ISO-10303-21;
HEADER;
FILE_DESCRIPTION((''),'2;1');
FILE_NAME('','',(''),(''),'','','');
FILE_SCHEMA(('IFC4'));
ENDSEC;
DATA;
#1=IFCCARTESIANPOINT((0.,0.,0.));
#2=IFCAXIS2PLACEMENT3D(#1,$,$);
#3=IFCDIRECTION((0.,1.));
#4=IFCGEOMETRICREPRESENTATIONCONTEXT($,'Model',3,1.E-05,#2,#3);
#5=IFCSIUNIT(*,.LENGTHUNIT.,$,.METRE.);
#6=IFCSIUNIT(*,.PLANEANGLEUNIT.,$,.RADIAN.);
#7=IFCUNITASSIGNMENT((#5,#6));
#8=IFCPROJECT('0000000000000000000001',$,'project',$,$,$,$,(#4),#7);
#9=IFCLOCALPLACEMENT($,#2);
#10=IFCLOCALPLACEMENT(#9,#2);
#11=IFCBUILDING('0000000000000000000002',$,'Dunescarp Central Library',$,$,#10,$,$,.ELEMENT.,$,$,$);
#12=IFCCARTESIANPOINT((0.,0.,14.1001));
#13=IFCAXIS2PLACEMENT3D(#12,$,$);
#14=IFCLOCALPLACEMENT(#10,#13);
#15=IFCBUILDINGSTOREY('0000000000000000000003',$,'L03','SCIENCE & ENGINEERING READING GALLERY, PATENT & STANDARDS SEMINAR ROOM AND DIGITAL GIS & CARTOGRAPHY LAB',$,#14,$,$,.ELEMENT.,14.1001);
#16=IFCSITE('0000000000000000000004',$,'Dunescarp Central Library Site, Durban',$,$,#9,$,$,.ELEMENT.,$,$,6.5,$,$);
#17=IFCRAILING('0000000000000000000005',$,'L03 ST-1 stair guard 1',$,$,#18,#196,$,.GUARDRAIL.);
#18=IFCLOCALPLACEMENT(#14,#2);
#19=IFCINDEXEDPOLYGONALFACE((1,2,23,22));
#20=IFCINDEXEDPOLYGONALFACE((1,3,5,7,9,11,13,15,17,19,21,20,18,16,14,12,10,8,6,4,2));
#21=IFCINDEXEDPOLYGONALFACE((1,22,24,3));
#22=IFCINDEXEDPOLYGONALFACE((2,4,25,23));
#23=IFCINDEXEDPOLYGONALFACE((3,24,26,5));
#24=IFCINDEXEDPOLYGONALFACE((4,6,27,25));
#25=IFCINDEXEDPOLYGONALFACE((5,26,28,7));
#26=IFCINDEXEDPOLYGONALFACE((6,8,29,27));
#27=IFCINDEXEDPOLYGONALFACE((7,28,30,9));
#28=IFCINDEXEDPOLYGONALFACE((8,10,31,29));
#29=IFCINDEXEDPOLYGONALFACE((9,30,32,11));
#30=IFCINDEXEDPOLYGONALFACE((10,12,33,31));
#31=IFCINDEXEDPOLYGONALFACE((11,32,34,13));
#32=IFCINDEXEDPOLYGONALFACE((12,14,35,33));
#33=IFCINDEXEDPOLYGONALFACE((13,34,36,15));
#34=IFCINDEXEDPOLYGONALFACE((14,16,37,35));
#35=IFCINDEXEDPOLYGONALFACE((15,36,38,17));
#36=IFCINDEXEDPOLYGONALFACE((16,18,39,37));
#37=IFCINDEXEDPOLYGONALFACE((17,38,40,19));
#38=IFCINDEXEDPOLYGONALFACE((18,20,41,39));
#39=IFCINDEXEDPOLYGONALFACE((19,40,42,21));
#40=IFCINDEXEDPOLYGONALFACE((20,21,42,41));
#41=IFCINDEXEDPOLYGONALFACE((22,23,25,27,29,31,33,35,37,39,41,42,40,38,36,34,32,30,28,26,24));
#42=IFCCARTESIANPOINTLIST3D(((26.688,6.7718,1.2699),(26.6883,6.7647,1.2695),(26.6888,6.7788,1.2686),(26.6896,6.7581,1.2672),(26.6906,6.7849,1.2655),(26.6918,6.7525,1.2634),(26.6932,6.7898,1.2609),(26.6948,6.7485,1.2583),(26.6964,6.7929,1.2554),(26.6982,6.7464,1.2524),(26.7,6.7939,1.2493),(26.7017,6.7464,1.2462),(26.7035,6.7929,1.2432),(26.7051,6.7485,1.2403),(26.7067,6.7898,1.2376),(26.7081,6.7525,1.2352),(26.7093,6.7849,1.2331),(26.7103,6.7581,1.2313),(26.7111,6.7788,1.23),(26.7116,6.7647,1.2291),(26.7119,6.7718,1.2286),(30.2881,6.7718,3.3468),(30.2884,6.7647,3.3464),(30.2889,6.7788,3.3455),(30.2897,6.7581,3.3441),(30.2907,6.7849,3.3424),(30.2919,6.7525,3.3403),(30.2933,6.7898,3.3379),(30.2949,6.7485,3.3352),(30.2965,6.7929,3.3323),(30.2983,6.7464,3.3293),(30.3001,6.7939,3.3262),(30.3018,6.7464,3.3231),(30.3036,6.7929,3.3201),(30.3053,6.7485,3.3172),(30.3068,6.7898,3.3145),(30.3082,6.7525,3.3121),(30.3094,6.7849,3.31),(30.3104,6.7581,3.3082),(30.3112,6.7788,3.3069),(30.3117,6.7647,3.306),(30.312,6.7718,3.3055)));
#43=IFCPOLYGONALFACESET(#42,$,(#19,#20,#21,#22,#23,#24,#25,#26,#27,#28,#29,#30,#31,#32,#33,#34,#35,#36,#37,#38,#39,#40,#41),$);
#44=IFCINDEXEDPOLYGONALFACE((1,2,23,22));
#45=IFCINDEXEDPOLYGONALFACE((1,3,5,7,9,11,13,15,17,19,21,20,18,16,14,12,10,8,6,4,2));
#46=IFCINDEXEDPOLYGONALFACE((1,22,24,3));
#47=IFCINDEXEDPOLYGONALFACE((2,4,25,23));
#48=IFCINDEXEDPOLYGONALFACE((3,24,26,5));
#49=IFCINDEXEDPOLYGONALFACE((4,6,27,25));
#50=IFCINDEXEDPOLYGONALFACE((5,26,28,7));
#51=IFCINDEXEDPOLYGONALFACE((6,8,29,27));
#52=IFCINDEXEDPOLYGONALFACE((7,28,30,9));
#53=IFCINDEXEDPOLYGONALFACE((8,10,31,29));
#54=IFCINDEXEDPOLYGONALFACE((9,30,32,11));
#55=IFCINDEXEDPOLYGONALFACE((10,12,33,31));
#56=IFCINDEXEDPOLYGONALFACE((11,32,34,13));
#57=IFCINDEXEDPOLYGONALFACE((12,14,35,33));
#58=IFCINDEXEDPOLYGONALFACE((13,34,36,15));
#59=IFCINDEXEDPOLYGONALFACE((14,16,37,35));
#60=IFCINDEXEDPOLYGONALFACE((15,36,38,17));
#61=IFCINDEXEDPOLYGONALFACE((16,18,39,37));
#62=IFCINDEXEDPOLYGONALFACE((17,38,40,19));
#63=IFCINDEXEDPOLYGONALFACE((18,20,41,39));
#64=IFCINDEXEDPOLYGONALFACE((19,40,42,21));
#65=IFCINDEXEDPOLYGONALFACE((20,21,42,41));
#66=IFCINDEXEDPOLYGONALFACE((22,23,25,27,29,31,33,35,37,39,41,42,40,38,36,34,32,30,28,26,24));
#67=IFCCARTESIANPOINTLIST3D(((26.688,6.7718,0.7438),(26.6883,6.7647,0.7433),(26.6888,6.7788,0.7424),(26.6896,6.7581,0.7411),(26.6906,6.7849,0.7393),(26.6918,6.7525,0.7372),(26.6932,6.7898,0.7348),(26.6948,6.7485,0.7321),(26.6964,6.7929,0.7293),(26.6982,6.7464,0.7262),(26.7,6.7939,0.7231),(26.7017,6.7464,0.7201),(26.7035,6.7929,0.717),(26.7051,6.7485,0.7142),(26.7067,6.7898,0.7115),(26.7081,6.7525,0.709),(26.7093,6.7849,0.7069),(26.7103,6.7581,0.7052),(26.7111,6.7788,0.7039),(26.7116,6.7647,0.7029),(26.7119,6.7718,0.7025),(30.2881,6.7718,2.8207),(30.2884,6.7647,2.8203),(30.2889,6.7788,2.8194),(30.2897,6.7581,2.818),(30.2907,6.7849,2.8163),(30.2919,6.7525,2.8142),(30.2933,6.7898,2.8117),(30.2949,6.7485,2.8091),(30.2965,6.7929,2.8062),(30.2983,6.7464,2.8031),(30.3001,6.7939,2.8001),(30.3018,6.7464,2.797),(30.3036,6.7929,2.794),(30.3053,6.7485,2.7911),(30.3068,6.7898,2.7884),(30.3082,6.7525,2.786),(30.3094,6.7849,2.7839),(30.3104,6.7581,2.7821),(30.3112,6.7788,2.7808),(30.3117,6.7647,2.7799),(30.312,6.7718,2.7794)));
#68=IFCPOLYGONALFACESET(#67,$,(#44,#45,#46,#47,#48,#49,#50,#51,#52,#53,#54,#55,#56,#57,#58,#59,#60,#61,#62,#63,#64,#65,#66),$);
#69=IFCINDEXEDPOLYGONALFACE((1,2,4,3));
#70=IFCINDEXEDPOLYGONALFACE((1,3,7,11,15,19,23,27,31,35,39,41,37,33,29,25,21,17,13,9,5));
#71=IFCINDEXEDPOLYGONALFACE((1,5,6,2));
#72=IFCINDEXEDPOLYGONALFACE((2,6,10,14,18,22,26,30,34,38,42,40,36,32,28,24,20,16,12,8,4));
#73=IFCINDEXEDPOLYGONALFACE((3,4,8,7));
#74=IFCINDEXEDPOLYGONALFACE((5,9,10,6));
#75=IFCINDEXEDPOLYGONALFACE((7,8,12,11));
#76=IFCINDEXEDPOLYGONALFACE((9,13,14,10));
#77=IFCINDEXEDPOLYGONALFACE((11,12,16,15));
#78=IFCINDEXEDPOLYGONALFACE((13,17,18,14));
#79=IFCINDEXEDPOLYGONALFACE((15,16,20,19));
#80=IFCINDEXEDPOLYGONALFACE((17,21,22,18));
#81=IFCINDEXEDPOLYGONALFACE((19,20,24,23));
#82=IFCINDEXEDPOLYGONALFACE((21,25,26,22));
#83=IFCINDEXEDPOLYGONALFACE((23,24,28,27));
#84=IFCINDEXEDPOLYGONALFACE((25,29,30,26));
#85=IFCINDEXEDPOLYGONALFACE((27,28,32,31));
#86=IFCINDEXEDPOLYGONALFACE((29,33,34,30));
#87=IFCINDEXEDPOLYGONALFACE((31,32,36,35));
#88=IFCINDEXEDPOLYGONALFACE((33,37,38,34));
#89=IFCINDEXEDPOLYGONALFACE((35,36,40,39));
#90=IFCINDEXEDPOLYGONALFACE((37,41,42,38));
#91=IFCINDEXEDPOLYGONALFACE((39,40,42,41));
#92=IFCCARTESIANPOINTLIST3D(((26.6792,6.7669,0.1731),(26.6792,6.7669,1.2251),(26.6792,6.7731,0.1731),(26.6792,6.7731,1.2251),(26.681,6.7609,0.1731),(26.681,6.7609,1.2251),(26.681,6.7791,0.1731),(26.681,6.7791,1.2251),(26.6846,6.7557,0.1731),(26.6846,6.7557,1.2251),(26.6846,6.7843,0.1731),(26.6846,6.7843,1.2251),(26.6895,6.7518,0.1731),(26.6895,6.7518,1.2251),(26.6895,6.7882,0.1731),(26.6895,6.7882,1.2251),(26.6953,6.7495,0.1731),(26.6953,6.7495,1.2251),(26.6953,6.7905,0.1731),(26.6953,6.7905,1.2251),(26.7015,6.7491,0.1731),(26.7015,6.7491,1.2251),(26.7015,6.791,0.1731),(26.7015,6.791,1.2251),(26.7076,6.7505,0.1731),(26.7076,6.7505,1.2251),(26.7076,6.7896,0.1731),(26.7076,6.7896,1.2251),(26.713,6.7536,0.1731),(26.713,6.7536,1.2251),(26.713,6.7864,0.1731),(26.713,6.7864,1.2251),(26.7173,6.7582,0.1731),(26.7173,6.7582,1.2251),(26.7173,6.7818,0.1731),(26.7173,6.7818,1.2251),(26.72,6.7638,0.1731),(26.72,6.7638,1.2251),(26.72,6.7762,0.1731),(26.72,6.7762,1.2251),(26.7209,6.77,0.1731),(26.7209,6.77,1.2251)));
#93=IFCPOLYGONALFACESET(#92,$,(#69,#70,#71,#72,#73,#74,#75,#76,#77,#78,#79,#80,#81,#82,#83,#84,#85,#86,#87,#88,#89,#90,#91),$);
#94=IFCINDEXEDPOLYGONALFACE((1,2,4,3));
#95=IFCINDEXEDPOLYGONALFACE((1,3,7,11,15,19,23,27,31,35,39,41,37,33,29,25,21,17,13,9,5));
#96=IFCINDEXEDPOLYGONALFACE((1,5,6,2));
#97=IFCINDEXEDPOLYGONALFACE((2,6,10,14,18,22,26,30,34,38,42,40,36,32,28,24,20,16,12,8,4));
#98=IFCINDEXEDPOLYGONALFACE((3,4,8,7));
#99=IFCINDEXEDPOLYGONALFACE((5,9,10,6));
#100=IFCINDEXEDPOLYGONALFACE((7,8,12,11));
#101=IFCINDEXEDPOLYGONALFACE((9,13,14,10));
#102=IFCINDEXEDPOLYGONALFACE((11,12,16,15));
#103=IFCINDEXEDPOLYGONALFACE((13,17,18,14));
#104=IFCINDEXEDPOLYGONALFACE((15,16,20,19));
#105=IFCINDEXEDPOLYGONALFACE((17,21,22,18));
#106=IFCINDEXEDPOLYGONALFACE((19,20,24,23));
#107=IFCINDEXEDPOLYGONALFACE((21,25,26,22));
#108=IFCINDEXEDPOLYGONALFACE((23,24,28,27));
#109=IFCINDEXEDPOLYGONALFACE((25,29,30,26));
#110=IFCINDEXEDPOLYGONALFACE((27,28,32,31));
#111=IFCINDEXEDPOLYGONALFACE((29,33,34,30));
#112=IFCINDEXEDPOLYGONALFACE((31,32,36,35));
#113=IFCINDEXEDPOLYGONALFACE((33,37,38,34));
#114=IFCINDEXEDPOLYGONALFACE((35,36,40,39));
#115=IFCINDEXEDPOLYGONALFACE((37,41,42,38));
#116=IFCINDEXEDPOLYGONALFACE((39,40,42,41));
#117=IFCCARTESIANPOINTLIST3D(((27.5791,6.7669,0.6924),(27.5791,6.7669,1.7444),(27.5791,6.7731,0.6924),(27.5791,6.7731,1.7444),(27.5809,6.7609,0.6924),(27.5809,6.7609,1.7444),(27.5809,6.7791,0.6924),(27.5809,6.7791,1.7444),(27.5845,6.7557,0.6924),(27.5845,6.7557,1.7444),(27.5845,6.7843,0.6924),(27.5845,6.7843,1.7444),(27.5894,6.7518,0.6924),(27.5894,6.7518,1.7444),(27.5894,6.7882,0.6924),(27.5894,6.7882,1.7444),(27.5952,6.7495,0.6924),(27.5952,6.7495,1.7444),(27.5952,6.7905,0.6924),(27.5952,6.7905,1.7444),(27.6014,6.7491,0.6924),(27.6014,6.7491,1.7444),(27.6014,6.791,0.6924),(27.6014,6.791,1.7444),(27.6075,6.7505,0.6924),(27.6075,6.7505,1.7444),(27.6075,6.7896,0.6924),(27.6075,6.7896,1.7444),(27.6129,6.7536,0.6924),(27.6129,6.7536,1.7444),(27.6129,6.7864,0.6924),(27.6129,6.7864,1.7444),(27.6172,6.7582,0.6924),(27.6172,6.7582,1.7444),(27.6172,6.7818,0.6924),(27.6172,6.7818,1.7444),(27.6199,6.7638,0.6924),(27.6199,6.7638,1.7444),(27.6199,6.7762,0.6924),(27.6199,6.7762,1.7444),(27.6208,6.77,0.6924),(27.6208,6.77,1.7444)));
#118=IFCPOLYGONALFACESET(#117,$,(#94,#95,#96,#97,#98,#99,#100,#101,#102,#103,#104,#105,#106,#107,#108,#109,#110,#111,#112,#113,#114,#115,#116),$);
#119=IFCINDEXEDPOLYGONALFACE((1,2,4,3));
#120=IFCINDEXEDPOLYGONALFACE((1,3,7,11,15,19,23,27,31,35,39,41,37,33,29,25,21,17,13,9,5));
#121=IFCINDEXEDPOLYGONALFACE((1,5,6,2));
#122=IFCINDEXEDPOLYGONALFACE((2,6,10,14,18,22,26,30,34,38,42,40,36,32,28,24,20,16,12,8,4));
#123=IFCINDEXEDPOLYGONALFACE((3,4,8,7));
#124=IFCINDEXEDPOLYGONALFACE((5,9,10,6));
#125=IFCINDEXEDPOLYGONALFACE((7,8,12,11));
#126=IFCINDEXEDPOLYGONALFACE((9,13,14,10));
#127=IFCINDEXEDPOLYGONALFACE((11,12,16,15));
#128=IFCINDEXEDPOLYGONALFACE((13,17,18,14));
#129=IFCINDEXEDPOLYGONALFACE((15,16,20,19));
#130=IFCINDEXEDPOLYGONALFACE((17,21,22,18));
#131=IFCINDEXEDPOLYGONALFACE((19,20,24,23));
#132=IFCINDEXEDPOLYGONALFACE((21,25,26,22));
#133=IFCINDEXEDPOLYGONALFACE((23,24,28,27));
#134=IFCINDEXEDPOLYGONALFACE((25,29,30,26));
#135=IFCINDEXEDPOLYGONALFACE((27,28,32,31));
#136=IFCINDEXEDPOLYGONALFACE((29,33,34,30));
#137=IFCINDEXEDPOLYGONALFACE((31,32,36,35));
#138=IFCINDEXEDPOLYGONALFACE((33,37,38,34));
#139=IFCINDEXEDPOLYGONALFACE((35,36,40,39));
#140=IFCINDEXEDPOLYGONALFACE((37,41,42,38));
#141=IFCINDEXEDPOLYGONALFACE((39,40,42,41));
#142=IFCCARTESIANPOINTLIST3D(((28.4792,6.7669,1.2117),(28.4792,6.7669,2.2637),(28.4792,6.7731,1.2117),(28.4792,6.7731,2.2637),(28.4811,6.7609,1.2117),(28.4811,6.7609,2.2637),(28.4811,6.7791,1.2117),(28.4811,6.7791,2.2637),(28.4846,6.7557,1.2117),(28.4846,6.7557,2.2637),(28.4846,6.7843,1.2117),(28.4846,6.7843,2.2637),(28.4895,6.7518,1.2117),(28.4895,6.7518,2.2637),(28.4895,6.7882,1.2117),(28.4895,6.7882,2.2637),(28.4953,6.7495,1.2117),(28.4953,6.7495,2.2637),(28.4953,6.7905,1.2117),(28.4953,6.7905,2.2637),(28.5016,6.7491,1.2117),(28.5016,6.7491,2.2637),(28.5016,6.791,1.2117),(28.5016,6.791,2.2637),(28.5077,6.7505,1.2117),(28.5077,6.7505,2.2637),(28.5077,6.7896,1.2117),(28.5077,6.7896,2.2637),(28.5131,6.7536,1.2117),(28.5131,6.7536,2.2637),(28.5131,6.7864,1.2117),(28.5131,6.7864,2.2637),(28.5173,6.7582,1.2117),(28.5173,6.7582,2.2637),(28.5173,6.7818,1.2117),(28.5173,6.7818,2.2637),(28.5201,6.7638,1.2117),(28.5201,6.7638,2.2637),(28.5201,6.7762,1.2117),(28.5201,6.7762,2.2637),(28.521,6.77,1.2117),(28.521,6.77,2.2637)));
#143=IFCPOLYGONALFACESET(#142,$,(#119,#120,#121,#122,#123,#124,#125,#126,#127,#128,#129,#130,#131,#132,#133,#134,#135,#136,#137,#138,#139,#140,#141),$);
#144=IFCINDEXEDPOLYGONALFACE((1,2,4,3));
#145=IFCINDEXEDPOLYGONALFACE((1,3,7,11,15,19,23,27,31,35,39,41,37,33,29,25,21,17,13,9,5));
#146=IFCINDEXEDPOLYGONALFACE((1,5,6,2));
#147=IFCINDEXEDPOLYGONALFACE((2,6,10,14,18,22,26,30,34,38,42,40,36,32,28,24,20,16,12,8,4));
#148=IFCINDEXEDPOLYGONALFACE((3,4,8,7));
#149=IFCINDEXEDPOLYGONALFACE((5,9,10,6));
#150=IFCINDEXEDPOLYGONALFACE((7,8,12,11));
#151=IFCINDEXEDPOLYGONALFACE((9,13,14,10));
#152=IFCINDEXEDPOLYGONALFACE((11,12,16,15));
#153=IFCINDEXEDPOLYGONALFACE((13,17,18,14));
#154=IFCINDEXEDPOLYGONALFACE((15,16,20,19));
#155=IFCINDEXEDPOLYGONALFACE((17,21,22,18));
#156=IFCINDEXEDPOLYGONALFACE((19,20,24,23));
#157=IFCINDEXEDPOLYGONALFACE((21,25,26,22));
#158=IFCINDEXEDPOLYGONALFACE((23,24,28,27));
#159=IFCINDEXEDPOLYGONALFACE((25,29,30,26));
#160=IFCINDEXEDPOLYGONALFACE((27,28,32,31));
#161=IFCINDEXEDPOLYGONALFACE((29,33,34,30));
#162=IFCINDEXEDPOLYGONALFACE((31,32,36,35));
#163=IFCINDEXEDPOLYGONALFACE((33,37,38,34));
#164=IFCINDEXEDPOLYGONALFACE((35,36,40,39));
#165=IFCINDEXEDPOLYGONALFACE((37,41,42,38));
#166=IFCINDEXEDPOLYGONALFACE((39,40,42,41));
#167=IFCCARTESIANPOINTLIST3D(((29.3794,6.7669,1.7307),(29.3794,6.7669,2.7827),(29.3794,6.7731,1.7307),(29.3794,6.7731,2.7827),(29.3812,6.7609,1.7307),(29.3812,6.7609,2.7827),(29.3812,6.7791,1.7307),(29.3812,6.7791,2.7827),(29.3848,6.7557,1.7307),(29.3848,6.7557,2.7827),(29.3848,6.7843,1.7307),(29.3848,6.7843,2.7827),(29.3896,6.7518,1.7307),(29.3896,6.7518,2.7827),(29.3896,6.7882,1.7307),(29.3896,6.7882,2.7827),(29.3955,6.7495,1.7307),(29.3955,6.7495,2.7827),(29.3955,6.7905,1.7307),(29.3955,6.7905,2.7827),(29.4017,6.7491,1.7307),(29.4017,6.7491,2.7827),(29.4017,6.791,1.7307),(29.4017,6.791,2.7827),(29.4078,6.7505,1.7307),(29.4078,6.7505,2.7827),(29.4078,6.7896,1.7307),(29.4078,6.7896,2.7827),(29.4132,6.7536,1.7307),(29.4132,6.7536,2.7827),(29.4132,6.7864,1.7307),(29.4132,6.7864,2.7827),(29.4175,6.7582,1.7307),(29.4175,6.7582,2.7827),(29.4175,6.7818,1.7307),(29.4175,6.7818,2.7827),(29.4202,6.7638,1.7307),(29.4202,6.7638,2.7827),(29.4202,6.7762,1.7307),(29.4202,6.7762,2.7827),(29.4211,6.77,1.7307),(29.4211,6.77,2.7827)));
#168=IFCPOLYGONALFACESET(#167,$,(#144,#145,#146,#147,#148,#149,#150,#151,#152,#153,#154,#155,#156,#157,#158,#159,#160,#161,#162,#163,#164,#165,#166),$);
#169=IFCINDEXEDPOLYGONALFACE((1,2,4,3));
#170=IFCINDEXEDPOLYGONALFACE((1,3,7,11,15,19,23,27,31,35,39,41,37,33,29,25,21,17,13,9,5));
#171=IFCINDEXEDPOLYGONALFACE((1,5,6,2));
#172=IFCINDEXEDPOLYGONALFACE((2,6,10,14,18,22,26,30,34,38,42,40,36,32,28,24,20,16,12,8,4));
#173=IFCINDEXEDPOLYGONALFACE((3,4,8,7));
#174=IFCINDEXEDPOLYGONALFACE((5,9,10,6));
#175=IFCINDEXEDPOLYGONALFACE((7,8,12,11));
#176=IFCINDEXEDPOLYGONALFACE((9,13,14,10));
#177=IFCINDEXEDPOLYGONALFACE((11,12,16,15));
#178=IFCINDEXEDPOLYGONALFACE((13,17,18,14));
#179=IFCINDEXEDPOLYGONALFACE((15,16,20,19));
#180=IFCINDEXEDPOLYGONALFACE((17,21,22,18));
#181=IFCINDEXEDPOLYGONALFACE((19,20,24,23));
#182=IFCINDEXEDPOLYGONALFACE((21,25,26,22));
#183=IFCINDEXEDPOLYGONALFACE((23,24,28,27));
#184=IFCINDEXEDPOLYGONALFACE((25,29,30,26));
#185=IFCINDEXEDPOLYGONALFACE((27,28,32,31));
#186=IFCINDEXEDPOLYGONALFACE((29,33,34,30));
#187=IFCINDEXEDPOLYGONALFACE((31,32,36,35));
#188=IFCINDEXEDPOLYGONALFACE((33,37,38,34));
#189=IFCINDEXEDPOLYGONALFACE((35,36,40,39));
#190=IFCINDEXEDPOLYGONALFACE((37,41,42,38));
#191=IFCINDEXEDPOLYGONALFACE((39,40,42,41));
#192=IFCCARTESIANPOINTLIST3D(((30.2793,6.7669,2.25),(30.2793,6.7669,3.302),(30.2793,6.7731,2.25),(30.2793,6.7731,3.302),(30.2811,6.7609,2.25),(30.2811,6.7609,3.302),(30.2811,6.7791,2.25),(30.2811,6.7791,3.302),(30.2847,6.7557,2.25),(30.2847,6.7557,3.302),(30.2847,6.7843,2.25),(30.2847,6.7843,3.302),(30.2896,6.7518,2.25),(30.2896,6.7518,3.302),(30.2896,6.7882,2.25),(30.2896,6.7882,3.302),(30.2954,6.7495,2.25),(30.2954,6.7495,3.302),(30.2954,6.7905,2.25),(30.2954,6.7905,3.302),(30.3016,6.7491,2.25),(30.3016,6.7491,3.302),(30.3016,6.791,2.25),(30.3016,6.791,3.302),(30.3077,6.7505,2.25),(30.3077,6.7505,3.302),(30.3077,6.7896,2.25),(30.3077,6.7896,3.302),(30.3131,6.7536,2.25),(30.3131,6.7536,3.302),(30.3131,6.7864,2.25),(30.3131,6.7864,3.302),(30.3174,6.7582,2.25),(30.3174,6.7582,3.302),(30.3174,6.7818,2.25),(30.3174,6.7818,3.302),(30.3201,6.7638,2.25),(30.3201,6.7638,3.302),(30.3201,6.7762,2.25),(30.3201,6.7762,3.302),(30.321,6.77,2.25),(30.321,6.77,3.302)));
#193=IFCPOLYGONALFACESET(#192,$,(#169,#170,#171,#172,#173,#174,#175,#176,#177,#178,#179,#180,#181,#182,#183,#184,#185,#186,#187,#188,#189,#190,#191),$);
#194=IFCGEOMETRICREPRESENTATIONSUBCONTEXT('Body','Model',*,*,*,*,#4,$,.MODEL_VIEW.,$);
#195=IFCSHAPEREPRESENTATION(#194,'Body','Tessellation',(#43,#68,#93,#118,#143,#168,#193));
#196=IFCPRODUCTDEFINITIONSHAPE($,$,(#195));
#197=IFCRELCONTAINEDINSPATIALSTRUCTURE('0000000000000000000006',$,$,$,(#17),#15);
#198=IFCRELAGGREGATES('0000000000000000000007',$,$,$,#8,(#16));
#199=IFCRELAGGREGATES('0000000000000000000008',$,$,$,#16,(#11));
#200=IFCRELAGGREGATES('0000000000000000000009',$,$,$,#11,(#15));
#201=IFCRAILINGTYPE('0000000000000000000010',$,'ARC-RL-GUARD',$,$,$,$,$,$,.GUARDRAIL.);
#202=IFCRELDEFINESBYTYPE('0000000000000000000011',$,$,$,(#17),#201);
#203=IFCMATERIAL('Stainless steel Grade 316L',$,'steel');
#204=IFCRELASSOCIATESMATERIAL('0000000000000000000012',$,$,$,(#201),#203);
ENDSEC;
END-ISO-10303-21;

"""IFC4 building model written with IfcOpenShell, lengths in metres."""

from ifc_helpers import new_model, si_unit, direction, frame, origin, origin_2d, place, context, subcontext, project, spatial, circle, extrude, material, type_object, element, save


model = new_model("IFC4")

# Units and contexts
model_context = context("Model", 3, precision=1e-05, world=origin(), true_north=direction((0.0, 1.0)))
body_context = subcontext(model_context, "Body", "Model", "MODEL_VIEW")
ifc_project = project(units=[si_unit("LENGTHUNIT", "METRE"), si_unit("PLANEANGLEUNIT", "RADIAN")], contexts=[model_context])

# Site, building, storey
site_placement = place(None, origin())
site = spatial("IfcSite", under=ifc_project, at=site_placement, Name="Dunescarp Central Library Site, Durban", CompositionType="ELEMENT", RefElevation=6.5)
building_placement = place(site_placement, origin())
building = spatial("IfcBuilding", under=site, at=building_placement, Name="Dunescarp Central Library", CompositionType="ELEMENT")
storey_placement = place(building_placement, frame((0.0, 0.0, 14.1001)))
storey = spatial("IfcBuildingStorey", under=building, at=storey_placement, Name="L03", Description="SCIENCE & ENGINEERING READING GALLERY, PATENT & STANDARDS SEMINAR ROOM AND DIGITAL GIS & CARTOGRAPHY LAB", CompositionType="ELEMENT", Elevation=14.1001)

# Railing
ifc_material_1 = material(Name="Stainless steel Grade 316L", Category="steel")
railing_type_1 = type_object("IfcRailingType", Name="ARC-RL-GUARD", PredefinedType="GUARDRAIL", material=ifc_material_1)
railing_1_placement = place(storey_placement, frame((26.7, 6.77, 0.1731)))
element("IfcRailing", 1, at=railing_1_placement, inside=storey, type_object=railing_type_1, Name="L03 ST-1 stair guard 1", PredefinedType="GUARDRAIL", context=body_context, shape_type="SweptSolid", body=[
    extrude(circle(Radius=0.0239, at=origin_2d()), frame((0.0, 0.0, 1.0762), z_axis=(0.866193, 0.0, 0.499709), x_axis=(0.0, 1.0, 0.0)), (0.0, 0.0, 1.0), 4.1562),
    extrude(circle(Radius=0.0239, at=origin_2d()), frame((0.0, 0.0, 0.55), z_axis=(0.866193, 0.0, 0.499709), x_axis=(0.0, 1.0, 0.0)), (0.0, 0.0, 1.0), 4.1562),
    extrude(circle(Radius=0.021, at=origin_2d()), origin(), (0.0, 0.0, 1.0), 1.052),
    extrude(circle(Radius=0.021, at=origin_2d()), frame((0.8999, 0.0, 0.5193)), (0.0, 0.0, 1.0), 1.052),
    extrude(circle(Radius=0.021, at=origin_2d()), frame((1.8, 0.0, 1.0386)), (0.0, 0.0, 1.0), 1.052),
    extrude(circle(Radius=0.021, at=origin_2d()), frame((2.7002, 0.0, 1.5576)), (0.0, 0.0, 1.0), 1.052),
    extrude(circle(Radius=0.021, at=origin_2d()), frame((3.6001, 0.0, 2.0769)), (0.0, 0.0, 1.0), 1.052),
])

save(model, "model.ifc")
